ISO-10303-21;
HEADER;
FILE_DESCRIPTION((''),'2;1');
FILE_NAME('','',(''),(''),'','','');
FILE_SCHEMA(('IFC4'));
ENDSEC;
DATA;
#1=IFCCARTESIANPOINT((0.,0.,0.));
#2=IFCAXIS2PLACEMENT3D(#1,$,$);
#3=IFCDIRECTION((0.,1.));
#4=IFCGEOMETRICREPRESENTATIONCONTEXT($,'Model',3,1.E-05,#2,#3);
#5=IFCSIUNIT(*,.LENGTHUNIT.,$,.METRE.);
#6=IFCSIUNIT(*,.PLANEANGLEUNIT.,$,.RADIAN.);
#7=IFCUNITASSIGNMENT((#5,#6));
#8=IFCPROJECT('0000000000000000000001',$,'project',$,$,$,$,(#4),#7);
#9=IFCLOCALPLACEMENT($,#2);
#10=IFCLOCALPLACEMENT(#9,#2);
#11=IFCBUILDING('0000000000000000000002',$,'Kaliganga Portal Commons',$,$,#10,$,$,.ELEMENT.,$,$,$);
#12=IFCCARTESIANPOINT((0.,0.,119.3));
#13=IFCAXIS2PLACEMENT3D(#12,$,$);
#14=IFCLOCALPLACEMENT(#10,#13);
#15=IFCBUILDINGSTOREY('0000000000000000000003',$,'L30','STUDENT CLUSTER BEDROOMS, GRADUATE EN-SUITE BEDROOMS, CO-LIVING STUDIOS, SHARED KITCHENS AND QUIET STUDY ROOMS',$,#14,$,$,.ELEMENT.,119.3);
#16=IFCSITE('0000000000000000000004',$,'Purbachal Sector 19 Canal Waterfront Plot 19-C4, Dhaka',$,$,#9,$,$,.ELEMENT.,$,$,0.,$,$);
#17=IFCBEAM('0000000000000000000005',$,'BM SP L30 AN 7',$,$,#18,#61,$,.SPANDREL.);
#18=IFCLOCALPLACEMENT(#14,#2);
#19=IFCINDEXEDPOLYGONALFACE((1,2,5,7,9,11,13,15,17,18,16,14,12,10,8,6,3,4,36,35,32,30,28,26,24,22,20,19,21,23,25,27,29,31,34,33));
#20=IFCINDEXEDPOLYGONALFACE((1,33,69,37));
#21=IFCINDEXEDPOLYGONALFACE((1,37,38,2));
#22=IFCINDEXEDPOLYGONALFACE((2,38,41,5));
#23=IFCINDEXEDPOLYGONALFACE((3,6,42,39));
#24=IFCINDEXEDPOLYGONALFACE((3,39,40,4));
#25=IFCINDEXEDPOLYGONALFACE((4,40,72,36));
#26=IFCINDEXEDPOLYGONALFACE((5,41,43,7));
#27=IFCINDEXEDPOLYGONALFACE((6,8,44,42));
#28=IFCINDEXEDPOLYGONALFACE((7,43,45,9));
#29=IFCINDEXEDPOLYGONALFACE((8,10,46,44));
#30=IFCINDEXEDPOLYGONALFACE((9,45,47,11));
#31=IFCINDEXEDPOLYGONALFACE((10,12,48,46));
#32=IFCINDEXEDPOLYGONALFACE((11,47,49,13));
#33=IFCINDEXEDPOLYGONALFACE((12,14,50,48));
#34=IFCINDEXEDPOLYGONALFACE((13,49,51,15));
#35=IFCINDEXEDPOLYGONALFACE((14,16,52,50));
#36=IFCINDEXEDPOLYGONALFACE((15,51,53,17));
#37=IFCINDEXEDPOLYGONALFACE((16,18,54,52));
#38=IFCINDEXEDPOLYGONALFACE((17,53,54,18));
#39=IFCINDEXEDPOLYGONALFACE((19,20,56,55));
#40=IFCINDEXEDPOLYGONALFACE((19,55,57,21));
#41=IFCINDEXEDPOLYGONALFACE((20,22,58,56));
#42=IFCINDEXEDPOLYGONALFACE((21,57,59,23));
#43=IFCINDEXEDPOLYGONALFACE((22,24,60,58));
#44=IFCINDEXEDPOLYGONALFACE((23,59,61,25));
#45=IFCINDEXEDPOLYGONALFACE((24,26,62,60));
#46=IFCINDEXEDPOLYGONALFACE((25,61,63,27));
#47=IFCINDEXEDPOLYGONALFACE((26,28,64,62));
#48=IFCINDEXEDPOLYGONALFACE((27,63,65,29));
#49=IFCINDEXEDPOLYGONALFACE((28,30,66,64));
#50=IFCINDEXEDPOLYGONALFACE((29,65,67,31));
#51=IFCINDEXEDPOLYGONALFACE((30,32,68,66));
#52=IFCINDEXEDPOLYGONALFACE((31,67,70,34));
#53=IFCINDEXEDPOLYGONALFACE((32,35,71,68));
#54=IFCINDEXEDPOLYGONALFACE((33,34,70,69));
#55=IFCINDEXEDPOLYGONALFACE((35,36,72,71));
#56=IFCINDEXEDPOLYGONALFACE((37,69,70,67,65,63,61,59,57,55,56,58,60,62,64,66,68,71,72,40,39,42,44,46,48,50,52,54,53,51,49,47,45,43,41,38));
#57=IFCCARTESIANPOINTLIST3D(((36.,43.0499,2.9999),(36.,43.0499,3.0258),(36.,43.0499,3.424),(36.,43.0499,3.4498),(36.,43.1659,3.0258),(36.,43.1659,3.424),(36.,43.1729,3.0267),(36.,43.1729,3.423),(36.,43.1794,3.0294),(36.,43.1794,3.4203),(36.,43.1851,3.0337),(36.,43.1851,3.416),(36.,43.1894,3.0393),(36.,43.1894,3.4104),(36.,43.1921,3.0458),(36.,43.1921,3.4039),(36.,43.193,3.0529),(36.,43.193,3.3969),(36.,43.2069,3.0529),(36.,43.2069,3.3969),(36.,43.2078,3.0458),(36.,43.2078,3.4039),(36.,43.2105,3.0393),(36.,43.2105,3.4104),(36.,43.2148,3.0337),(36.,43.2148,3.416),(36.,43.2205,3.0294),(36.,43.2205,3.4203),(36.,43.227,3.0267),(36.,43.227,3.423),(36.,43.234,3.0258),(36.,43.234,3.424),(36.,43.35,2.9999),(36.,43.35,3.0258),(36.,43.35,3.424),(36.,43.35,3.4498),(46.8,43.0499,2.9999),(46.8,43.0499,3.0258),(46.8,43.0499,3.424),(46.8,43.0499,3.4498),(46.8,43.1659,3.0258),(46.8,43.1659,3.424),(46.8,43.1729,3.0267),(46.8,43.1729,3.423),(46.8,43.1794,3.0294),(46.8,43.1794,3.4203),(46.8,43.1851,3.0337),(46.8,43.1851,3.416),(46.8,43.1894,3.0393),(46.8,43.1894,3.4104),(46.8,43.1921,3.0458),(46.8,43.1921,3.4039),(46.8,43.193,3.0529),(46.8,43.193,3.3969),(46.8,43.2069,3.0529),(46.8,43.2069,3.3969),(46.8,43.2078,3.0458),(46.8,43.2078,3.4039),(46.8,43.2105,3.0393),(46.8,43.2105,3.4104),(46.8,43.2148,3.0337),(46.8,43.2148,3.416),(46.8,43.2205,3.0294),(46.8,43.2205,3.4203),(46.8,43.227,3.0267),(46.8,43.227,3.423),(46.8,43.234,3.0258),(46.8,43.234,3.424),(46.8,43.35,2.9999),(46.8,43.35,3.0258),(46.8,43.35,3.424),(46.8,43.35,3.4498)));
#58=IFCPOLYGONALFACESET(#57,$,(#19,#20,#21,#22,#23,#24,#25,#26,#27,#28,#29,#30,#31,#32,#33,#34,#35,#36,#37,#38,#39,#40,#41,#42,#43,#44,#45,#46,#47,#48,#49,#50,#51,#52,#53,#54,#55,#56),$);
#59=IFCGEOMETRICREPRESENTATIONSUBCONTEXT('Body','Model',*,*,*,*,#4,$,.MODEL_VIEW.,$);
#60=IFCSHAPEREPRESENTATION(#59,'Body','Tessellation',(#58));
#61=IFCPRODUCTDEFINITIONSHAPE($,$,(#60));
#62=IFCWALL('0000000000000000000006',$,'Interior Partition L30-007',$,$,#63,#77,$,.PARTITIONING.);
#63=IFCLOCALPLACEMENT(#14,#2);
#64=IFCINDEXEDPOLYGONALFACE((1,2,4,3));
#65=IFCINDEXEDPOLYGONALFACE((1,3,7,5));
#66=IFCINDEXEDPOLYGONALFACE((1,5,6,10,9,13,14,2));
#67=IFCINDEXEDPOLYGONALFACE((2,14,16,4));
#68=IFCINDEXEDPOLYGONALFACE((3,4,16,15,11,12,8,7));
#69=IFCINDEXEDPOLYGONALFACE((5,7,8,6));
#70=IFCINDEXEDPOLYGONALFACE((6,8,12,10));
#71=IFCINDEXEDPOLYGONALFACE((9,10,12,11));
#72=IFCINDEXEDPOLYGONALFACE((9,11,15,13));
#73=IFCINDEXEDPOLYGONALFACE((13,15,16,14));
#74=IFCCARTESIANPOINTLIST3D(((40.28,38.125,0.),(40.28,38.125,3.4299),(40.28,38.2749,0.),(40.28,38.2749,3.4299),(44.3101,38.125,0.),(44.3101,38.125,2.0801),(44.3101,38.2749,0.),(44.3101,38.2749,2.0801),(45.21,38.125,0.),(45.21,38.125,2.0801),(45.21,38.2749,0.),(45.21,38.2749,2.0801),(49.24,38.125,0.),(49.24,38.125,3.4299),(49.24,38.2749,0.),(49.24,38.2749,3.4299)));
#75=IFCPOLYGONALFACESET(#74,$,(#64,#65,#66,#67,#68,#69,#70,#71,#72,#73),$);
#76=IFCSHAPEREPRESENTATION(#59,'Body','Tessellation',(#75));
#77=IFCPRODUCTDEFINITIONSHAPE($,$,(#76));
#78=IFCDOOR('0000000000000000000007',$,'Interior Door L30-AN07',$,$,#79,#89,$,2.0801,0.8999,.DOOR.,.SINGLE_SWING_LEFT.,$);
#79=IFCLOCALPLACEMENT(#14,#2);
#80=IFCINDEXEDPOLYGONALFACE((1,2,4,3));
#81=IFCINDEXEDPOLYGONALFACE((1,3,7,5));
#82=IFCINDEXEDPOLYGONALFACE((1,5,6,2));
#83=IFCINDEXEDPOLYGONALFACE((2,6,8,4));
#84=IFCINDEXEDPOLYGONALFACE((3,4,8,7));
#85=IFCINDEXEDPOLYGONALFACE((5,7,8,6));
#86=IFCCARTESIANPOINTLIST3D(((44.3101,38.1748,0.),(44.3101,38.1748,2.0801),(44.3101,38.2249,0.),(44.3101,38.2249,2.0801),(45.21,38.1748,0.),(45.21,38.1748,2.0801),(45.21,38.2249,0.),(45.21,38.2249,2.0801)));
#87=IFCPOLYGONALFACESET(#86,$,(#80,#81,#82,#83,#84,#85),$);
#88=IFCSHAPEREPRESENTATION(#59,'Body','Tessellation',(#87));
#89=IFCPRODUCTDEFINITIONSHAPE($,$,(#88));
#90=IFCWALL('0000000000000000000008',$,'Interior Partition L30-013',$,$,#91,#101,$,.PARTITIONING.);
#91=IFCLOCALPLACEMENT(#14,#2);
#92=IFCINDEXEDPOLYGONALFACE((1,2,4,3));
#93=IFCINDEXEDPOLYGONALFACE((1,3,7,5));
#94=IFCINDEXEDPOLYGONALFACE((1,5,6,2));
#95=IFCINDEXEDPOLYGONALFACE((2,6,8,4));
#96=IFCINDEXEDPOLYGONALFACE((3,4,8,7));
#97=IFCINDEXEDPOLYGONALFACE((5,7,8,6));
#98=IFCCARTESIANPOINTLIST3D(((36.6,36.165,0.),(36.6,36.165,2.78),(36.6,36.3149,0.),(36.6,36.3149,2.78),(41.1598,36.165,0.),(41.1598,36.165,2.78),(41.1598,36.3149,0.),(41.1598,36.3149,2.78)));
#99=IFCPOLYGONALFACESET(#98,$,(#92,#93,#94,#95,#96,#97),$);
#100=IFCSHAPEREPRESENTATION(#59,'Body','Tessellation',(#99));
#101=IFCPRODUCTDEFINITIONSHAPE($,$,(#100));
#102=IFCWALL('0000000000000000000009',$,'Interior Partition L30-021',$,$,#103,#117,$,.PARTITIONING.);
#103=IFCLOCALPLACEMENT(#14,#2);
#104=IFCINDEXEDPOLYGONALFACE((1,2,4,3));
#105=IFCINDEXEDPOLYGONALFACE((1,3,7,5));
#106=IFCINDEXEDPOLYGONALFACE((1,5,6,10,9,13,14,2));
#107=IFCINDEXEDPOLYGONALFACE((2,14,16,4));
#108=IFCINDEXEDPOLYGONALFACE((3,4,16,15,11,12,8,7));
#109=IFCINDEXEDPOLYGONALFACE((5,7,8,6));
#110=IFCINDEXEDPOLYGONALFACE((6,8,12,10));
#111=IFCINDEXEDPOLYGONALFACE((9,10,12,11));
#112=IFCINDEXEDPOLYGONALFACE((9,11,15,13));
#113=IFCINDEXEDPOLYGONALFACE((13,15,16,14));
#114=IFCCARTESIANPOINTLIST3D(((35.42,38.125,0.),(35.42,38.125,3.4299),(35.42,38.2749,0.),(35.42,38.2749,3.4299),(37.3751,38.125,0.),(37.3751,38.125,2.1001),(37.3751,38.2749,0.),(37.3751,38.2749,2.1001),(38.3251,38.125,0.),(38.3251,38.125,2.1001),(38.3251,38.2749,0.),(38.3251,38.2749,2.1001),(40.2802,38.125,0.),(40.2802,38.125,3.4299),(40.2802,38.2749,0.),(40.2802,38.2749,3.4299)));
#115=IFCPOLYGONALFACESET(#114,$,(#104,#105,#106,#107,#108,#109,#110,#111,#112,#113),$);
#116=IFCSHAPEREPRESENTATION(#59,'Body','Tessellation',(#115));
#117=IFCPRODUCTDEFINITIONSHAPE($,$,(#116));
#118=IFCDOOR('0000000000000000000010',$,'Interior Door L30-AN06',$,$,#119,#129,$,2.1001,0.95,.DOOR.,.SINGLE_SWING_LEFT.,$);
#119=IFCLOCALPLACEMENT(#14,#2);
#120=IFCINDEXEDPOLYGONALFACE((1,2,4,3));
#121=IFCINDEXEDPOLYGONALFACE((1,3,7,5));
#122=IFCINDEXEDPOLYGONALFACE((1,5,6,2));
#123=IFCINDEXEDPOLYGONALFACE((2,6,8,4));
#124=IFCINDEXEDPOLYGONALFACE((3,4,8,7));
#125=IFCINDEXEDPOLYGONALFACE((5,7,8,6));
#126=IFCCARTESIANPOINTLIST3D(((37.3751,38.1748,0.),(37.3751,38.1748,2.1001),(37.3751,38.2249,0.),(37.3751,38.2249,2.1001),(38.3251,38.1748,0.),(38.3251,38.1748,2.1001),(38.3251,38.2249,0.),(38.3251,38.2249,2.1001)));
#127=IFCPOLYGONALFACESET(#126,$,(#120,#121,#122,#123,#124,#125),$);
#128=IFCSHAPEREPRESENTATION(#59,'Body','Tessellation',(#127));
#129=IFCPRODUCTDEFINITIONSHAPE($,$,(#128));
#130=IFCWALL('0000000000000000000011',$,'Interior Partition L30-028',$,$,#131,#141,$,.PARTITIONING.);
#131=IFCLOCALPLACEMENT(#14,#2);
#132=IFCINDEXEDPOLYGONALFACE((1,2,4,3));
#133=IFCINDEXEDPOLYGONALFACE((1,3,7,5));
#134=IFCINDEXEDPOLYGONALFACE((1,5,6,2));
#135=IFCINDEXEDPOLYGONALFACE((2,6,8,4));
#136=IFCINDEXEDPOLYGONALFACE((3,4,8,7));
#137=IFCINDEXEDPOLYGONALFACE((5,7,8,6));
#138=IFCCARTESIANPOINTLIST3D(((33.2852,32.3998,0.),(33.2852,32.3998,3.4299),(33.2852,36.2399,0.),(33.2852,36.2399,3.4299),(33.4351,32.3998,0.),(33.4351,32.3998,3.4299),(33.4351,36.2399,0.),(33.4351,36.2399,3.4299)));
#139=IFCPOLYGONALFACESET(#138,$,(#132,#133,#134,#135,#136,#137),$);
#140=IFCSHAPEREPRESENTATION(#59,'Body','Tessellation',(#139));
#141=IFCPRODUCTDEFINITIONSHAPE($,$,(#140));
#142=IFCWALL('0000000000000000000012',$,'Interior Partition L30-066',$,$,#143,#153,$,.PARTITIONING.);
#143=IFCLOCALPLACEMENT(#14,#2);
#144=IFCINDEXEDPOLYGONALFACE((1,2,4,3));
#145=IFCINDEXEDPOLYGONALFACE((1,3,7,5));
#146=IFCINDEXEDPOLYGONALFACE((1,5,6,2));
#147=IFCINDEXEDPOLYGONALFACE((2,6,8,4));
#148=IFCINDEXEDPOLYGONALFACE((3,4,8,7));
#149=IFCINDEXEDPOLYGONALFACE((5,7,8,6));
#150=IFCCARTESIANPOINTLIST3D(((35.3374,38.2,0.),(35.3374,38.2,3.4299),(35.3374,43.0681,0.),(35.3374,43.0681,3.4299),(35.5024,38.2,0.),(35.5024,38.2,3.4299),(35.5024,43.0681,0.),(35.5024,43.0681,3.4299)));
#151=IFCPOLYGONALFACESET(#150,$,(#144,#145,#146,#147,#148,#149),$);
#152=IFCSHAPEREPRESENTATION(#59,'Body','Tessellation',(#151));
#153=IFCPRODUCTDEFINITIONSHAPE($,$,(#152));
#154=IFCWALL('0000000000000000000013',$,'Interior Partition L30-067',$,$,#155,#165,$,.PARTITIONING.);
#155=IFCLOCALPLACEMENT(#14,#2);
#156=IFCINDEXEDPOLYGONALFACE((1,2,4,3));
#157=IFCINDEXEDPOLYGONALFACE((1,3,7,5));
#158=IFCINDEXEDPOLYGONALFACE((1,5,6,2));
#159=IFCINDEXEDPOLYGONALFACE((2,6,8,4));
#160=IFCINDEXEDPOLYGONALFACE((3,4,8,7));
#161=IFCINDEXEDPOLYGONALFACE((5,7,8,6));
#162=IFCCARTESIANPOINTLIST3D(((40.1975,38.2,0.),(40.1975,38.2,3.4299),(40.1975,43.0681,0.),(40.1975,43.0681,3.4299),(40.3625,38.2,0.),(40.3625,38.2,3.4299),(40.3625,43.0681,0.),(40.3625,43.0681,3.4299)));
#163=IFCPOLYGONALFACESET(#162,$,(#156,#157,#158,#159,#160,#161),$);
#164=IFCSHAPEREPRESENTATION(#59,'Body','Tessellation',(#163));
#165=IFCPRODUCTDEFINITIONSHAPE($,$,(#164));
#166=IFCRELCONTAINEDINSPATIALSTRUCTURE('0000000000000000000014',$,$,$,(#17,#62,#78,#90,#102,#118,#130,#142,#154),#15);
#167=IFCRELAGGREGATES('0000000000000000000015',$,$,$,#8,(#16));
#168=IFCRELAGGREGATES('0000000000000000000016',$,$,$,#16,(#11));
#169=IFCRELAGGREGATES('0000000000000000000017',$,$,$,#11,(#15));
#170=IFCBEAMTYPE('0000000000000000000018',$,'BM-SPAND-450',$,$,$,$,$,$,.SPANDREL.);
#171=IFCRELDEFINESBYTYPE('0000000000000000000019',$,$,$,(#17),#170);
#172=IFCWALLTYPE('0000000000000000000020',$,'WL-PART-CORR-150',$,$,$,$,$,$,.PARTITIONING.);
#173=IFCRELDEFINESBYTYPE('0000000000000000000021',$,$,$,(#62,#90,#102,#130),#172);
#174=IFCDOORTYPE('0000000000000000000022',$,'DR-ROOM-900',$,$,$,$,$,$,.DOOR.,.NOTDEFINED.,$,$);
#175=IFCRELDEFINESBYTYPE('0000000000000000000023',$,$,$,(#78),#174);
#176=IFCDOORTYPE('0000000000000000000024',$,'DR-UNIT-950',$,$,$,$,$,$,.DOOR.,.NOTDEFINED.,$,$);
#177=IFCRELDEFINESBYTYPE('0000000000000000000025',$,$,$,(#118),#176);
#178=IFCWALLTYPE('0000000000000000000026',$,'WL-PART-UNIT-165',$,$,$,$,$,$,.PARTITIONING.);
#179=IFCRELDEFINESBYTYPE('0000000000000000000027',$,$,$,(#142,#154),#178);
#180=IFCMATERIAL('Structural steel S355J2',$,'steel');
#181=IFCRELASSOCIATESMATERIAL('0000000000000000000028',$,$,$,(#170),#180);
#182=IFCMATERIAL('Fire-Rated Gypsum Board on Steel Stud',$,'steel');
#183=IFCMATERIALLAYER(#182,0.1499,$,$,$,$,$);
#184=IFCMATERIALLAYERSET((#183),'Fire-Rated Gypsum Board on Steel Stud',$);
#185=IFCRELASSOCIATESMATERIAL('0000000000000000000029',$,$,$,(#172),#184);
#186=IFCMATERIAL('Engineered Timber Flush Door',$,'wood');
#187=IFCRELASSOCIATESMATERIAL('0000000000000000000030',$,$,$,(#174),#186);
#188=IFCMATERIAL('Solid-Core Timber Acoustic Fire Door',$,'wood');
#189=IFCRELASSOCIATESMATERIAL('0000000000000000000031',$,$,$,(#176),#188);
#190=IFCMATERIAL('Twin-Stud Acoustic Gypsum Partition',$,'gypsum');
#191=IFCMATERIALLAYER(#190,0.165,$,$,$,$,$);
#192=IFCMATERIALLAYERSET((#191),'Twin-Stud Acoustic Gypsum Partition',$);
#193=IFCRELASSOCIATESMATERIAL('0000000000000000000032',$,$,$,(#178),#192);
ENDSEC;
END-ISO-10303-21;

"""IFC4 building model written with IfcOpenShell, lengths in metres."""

from ifc_helpers import new_model, si_unit, direction, frame, frame_2d, origin, origin_2d, place, context, subcontext, project, spatial, rectangle, i_section, extrude, source, transform, mapped, material, layer, layer_set, material_profile, profile_set, type_object, element, fill, save


model = new_model("IFC4")

# Units and contexts
model_context = context("Model", 3, precision=1e-05, world=origin(), true_north=direction((0.0, 1.0)))
body_context = subcontext(model_context, "Body", "Model", "MODEL_VIEW")
ifc_project = project(units=[si_unit("LENGTHUNIT", "METRE"), si_unit("PLANEANGLEUNIT", "RADIAN")], contexts=[model_context])

# Site, building, storey
site_placement = place(None, origin())
site = spatial("IfcSite", under=ifc_project, at=site_placement, Name="Purbachal Sector 19 Canal Waterfront Plot 19-C4, Dhaka", CompositionType="ELEMENT", RefElevation=0.0)
building_placement = place(site_placement, origin())
building = spatial("IfcBuilding", under=site, at=building_placement, Name="Kaliganga Portal Commons", CompositionType="ELEMENT")
storey_placement = place(building_placement, frame((0.0, 0.0, 119.3)))
storey = spatial("IfcBuildingStorey", under=building, at=storey_placement, Name="L30", Description="STUDENT CLUSTER BEDROOMS, GRADUATE EN-SUITE BEDROOMS, CO-LIVING STUDIOS, SHARED KITCHENS AND QUIET STUDY ROOMS", CompositionType="ELEMENT", Elevation=119.3)

# Beam
ifc_material_1 = material(Name="Structural steel S355J2", Category="steel")
ifc_material_profile_1 = material_profile(ifc_material_1, i_section(OverallWidth=0.3, OverallDepth=0.45, WebThickness=0.0139, FlangeThickness=0.0259, FilletRadius=0.0271, at=origin_2d()), Name="HE 450 B")
ifc_profile_set_1 = profile_set([ifc_material_profile_1], Name="Structural steel S355J2 wide-flange")
beam_type_1 = type_object("IfcBeamType", Name="BM-SPAND-450", PredefinedType="SPANDREL", material=ifc_profile_set_1)
shared_shape_1 = source(origin(), body_context, "Body", "SweptSolid", [
    extrude(i_section(OverallWidth=0.3, OverallDepth=0.45, WebThickness=0.0139, FlangeThickness=0.0259, FilletRadius=0.0271, at=origin_2d()), origin(), (0.0, 0.0, 1.0), 10.8),
])
beam_1_placement = place(storey_placement, frame((36.0, 43.2, 3.2249), z_axis=(1.0, 0.0, 0.0), x_axis=(0.0, 1.0, 0.0)))
element("IfcBeam", 1, at=beam_1_placement, inside=storey, type_object=beam_type_1, Name="BM SP L30 AN 7", PredefinedType="SPANDREL", context=body_context, shape_type="MappedRepresentation", body=[
    mapped(shared_shape_1, transform((0.0, 0.0, 0.0), x_axis=(1.0, 0.0, 0.0), y_axis=(0.0, 1.0, 0.0), z_axis=(0.0, 0.0, 1.0), scale=1.0)),
])

# Wall, opening, door
ifc_material_2 = material(Name="Fire-Rated Gypsum Board on Steel Stud", Category="steel")
ifc_layer_1 = layer(ifc_material_2, 0.1499)
ifc_layer_set_1 = layer_set([ifc_layer_1], Name="Fire-Rated Gypsum Board on Steel Stud")
wall_type_1 = type_object("IfcWallType", Name="WL-PART-CORR-150", PredefinedType="PARTITIONING", material=ifc_layer_set_1)
wall_1_placement = place(storey_placement, frame((40.28, 38.2, 0.0), z_axis=(0.0, 0.0, 1.0), x_axis=(1.0, 0.0, 0.0)))
wall_1 = element("IfcWall", 2, at=wall_1_placement, inside=storey, type_object=wall_type_1, Name="Interior Partition L30-007", PredefinedType="PARTITIONING", context=body_context, shape_type="SweptSolid", body=[
    extrude(rectangle(XDim=8.96, YDim=0.1499, at=frame_2d((4.48, 0.0))), origin(), (0.0, 0.0, 1.0), 3.4299),
])
opening_1_placement = place(wall_1_placement, frame((4.03, 0.0, 0.0)))
opening_1 = element("IfcOpeningElement", 3, at=opening_1_placement, cuts=wall_1, PredefinedType="OPENING", context=body_context, shape_type="SweptSolid", body=[
    extrude(rectangle(XDim=0.8999, YDim=2.0801, at=frame_2d((0.45, 1.04))), frame((0.0, 0.085, 0.0), z_axis=(0.0, -1.0, 0.0), x_axis=(1.0, 0.0, 0.0)), (0.0, 0.0, 1.0), 0.1699),
])
ifc_material_3 = material(Name="Engineered Timber Flush Door", Category="wood")
door_type_1 = type_object("IfcDoorType", Name="DR-ROOM-900", OperationType="NOTDEFINED", PredefinedType="DOOR", material=ifc_material_3)
door_1_placement = place(opening_1_placement, origin())
door_1 = element("IfcDoor", 4, at=door_1_placement, inside=storey, type_object=door_type_1, Name="Interior Door L30-AN07", OperationType="SINGLE_SWING_LEFT", OverallHeight=2.0801, OverallWidth=0.8999, PredefinedType="DOOR", context=body_context, shape_type="SweptSolid", body=[
    extrude(rectangle(XDim=0.8999, YDim=2.0801, at=frame_2d((0.45, 1.04))), frame((0.0, 0.0249, 0.0), z_axis=(0.0, -1.0, 0.0), x_axis=(1.0, 0.0, 0.0)), (0.0, 0.0, 1.0), 0.05),
])
fill(opening_1, door_1)

# Wall
wall_2_placement = place(storey_placement, frame((36.6001, 36.24, 0.0), z_axis=(0.0, 0.0, 1.0), x_axis=(1.0, 0.0, 0.0)))
element("IfcWall", 5, at=wall_2_placement, inside=storey, type_object=wall_type_1, Name="Interior Partition L30-013", PredefinedType="PARTITIONING", context=body_context, shape_type="SweptSolid", body=[
    extrude(rectangle(XDim=4.5598, YDim=0.1499, at=frame_2d((2.2798, 0.0))), origin(), (0.0, 0.0, 1.0), 2.78),
])

# Wall, opening, door
wall_3_placement = place(storey_placement, frame((35.4199, 38.2, 0.0), z_axis=(0.0, 0.0, 1.0), x_axis=(1.0, 0.0, 0.0)))
wall_3 = element("IfcWall", 6, at=wall_3_placement, inside=storey, type_object=wall_type_1, Name="Interior Partition L30-021", PredefinedType="PARTITIONING", context=body_context, shape_type="SweptSolid", body=[
    extrude(rectangle(XDim=4.8601, YDim=0.1499, at=frame_2d((2.4302, 0.0))), origin(), (0.0, 0.0, 1.0), 3.4299),
])
opening_2_placement = place(wall_3_placement, frame((1.9551, 0.0, 0.0)))
opening_2 = element("IfcOpeningElement", 7, at=opening_2_placement, cuts=wall_3, PredefinedType="OPENING", context=body_context, shape_type="SweptSolid", body=[
    extrude(rectangle(XDim=0.95, YDim=2.1001, at=frame_2d((0.4751, 1.05))), frame((0.0, 0.085, 0.0), z_axis=(0.0, -1.0, 0.0), x_axis=(1.0, 0.0, 0.0)), (0.0, 0.0, 1.0), 0.1699),
])
ifc_material_4 = material(Name="Solid-Core Timber Acoustic Fire Door", Category="wood")
door_type_2 = type_object("IfcDoorType", Name="DR-UNIT-950", OperationType="NOTDEFINED", PredefinedType="DOOR", material=ifc_material_4)
door_2_placement = place(opening_2_placement, origin())
door_2 = element("IfcDoor", 8, at=door_2_placement, inside=storey, type_object=door_type_2, Name="Interior Door L30-AN06", OperationType="SINGLE_SWING_LEFT", OverallHeight=2.1001, OverallWidth=0.95, PredefinedType="DOOR", context=body_context, shape_type="SweptSolid", body=[
    extrude(rectangle(XDim=0.95, YDim=2.1001, at=frame_2d((0.4751, 1.05))), frame((0.0, 0.0249, 0.0), z_axis=(0.0, -1.0, 0.0), x_axis=(1.0, 0.0, 0.0)), (0.0, 0.0, 1.0), 0.05),
])
fill(opening_2, door_2)

# Walls
wall_4_placement = place(storey_placement, frame((33.3601, 32.3999, 0.0), z_axis=(0.0, 0.0, 1.0), x_axis=(0.0, 1.0, 0.0)))
element("IfcWall", 9, at=wall_4_placement, inside=storey, type_object=wall_type_1, Name="Interior Partition L30-028", PredefinedType="PARTITIONING", context=body_context, shape_type="SweptSolid", body=[
    extrude(rectangle(XDim=3.8401, YDim=0.1499, at=frame_2d((1.9199, 0.0))), origin(), (0.0, 0.0, 1.0), 3.4299),
])
ifc_material_5 = material(Name="Twin-Stud Acoustic Gypsum Partition", Category="gypsum")
ifc_layer_2 = layer(ifc_material_5, 0.165)
ifc_layer_set_2 = layer_set([ifc_layer_2], Name="Twin-Stud Acoustic Gypsum Partition")
wall_type_2 = type_object("IfcWallType", Name="WL-PART-UNIT-165", PredefinedType="PARTITIONING", material=ifc_layer_set_2)
for number, where, z_axis, x_axis, name in (
    (10, (35.4199, 38.2, 0.0), (0.0, 0.0, 1.0), (0.0, 1.0, 0.0), "Interior Partition L30-066"),
    (11, (40.28, 38.2, 0.0), (0.0, 0.0, 1.0), (0.0, 1.0, 0.0), "Interior Partition L30-067"),
):
    element("IfcWall", number, at=place(storey_placement, frame(where, z_axis=z_axis, x_axis=x_axis)), inside=storey, type_object=wall_type_2, Name=name, PredefinedType="PARTITIONING", context=body_context, shape_type="SweptSolid", body=[
        extrude(rectangle(XDim=4.8682, YDim=0.165, at=frame_2d((2.4341, 0.0))), origin(), (0.0, 0.0, 1.0), 3.4299),
    ])

save(model, "model.ifc")
